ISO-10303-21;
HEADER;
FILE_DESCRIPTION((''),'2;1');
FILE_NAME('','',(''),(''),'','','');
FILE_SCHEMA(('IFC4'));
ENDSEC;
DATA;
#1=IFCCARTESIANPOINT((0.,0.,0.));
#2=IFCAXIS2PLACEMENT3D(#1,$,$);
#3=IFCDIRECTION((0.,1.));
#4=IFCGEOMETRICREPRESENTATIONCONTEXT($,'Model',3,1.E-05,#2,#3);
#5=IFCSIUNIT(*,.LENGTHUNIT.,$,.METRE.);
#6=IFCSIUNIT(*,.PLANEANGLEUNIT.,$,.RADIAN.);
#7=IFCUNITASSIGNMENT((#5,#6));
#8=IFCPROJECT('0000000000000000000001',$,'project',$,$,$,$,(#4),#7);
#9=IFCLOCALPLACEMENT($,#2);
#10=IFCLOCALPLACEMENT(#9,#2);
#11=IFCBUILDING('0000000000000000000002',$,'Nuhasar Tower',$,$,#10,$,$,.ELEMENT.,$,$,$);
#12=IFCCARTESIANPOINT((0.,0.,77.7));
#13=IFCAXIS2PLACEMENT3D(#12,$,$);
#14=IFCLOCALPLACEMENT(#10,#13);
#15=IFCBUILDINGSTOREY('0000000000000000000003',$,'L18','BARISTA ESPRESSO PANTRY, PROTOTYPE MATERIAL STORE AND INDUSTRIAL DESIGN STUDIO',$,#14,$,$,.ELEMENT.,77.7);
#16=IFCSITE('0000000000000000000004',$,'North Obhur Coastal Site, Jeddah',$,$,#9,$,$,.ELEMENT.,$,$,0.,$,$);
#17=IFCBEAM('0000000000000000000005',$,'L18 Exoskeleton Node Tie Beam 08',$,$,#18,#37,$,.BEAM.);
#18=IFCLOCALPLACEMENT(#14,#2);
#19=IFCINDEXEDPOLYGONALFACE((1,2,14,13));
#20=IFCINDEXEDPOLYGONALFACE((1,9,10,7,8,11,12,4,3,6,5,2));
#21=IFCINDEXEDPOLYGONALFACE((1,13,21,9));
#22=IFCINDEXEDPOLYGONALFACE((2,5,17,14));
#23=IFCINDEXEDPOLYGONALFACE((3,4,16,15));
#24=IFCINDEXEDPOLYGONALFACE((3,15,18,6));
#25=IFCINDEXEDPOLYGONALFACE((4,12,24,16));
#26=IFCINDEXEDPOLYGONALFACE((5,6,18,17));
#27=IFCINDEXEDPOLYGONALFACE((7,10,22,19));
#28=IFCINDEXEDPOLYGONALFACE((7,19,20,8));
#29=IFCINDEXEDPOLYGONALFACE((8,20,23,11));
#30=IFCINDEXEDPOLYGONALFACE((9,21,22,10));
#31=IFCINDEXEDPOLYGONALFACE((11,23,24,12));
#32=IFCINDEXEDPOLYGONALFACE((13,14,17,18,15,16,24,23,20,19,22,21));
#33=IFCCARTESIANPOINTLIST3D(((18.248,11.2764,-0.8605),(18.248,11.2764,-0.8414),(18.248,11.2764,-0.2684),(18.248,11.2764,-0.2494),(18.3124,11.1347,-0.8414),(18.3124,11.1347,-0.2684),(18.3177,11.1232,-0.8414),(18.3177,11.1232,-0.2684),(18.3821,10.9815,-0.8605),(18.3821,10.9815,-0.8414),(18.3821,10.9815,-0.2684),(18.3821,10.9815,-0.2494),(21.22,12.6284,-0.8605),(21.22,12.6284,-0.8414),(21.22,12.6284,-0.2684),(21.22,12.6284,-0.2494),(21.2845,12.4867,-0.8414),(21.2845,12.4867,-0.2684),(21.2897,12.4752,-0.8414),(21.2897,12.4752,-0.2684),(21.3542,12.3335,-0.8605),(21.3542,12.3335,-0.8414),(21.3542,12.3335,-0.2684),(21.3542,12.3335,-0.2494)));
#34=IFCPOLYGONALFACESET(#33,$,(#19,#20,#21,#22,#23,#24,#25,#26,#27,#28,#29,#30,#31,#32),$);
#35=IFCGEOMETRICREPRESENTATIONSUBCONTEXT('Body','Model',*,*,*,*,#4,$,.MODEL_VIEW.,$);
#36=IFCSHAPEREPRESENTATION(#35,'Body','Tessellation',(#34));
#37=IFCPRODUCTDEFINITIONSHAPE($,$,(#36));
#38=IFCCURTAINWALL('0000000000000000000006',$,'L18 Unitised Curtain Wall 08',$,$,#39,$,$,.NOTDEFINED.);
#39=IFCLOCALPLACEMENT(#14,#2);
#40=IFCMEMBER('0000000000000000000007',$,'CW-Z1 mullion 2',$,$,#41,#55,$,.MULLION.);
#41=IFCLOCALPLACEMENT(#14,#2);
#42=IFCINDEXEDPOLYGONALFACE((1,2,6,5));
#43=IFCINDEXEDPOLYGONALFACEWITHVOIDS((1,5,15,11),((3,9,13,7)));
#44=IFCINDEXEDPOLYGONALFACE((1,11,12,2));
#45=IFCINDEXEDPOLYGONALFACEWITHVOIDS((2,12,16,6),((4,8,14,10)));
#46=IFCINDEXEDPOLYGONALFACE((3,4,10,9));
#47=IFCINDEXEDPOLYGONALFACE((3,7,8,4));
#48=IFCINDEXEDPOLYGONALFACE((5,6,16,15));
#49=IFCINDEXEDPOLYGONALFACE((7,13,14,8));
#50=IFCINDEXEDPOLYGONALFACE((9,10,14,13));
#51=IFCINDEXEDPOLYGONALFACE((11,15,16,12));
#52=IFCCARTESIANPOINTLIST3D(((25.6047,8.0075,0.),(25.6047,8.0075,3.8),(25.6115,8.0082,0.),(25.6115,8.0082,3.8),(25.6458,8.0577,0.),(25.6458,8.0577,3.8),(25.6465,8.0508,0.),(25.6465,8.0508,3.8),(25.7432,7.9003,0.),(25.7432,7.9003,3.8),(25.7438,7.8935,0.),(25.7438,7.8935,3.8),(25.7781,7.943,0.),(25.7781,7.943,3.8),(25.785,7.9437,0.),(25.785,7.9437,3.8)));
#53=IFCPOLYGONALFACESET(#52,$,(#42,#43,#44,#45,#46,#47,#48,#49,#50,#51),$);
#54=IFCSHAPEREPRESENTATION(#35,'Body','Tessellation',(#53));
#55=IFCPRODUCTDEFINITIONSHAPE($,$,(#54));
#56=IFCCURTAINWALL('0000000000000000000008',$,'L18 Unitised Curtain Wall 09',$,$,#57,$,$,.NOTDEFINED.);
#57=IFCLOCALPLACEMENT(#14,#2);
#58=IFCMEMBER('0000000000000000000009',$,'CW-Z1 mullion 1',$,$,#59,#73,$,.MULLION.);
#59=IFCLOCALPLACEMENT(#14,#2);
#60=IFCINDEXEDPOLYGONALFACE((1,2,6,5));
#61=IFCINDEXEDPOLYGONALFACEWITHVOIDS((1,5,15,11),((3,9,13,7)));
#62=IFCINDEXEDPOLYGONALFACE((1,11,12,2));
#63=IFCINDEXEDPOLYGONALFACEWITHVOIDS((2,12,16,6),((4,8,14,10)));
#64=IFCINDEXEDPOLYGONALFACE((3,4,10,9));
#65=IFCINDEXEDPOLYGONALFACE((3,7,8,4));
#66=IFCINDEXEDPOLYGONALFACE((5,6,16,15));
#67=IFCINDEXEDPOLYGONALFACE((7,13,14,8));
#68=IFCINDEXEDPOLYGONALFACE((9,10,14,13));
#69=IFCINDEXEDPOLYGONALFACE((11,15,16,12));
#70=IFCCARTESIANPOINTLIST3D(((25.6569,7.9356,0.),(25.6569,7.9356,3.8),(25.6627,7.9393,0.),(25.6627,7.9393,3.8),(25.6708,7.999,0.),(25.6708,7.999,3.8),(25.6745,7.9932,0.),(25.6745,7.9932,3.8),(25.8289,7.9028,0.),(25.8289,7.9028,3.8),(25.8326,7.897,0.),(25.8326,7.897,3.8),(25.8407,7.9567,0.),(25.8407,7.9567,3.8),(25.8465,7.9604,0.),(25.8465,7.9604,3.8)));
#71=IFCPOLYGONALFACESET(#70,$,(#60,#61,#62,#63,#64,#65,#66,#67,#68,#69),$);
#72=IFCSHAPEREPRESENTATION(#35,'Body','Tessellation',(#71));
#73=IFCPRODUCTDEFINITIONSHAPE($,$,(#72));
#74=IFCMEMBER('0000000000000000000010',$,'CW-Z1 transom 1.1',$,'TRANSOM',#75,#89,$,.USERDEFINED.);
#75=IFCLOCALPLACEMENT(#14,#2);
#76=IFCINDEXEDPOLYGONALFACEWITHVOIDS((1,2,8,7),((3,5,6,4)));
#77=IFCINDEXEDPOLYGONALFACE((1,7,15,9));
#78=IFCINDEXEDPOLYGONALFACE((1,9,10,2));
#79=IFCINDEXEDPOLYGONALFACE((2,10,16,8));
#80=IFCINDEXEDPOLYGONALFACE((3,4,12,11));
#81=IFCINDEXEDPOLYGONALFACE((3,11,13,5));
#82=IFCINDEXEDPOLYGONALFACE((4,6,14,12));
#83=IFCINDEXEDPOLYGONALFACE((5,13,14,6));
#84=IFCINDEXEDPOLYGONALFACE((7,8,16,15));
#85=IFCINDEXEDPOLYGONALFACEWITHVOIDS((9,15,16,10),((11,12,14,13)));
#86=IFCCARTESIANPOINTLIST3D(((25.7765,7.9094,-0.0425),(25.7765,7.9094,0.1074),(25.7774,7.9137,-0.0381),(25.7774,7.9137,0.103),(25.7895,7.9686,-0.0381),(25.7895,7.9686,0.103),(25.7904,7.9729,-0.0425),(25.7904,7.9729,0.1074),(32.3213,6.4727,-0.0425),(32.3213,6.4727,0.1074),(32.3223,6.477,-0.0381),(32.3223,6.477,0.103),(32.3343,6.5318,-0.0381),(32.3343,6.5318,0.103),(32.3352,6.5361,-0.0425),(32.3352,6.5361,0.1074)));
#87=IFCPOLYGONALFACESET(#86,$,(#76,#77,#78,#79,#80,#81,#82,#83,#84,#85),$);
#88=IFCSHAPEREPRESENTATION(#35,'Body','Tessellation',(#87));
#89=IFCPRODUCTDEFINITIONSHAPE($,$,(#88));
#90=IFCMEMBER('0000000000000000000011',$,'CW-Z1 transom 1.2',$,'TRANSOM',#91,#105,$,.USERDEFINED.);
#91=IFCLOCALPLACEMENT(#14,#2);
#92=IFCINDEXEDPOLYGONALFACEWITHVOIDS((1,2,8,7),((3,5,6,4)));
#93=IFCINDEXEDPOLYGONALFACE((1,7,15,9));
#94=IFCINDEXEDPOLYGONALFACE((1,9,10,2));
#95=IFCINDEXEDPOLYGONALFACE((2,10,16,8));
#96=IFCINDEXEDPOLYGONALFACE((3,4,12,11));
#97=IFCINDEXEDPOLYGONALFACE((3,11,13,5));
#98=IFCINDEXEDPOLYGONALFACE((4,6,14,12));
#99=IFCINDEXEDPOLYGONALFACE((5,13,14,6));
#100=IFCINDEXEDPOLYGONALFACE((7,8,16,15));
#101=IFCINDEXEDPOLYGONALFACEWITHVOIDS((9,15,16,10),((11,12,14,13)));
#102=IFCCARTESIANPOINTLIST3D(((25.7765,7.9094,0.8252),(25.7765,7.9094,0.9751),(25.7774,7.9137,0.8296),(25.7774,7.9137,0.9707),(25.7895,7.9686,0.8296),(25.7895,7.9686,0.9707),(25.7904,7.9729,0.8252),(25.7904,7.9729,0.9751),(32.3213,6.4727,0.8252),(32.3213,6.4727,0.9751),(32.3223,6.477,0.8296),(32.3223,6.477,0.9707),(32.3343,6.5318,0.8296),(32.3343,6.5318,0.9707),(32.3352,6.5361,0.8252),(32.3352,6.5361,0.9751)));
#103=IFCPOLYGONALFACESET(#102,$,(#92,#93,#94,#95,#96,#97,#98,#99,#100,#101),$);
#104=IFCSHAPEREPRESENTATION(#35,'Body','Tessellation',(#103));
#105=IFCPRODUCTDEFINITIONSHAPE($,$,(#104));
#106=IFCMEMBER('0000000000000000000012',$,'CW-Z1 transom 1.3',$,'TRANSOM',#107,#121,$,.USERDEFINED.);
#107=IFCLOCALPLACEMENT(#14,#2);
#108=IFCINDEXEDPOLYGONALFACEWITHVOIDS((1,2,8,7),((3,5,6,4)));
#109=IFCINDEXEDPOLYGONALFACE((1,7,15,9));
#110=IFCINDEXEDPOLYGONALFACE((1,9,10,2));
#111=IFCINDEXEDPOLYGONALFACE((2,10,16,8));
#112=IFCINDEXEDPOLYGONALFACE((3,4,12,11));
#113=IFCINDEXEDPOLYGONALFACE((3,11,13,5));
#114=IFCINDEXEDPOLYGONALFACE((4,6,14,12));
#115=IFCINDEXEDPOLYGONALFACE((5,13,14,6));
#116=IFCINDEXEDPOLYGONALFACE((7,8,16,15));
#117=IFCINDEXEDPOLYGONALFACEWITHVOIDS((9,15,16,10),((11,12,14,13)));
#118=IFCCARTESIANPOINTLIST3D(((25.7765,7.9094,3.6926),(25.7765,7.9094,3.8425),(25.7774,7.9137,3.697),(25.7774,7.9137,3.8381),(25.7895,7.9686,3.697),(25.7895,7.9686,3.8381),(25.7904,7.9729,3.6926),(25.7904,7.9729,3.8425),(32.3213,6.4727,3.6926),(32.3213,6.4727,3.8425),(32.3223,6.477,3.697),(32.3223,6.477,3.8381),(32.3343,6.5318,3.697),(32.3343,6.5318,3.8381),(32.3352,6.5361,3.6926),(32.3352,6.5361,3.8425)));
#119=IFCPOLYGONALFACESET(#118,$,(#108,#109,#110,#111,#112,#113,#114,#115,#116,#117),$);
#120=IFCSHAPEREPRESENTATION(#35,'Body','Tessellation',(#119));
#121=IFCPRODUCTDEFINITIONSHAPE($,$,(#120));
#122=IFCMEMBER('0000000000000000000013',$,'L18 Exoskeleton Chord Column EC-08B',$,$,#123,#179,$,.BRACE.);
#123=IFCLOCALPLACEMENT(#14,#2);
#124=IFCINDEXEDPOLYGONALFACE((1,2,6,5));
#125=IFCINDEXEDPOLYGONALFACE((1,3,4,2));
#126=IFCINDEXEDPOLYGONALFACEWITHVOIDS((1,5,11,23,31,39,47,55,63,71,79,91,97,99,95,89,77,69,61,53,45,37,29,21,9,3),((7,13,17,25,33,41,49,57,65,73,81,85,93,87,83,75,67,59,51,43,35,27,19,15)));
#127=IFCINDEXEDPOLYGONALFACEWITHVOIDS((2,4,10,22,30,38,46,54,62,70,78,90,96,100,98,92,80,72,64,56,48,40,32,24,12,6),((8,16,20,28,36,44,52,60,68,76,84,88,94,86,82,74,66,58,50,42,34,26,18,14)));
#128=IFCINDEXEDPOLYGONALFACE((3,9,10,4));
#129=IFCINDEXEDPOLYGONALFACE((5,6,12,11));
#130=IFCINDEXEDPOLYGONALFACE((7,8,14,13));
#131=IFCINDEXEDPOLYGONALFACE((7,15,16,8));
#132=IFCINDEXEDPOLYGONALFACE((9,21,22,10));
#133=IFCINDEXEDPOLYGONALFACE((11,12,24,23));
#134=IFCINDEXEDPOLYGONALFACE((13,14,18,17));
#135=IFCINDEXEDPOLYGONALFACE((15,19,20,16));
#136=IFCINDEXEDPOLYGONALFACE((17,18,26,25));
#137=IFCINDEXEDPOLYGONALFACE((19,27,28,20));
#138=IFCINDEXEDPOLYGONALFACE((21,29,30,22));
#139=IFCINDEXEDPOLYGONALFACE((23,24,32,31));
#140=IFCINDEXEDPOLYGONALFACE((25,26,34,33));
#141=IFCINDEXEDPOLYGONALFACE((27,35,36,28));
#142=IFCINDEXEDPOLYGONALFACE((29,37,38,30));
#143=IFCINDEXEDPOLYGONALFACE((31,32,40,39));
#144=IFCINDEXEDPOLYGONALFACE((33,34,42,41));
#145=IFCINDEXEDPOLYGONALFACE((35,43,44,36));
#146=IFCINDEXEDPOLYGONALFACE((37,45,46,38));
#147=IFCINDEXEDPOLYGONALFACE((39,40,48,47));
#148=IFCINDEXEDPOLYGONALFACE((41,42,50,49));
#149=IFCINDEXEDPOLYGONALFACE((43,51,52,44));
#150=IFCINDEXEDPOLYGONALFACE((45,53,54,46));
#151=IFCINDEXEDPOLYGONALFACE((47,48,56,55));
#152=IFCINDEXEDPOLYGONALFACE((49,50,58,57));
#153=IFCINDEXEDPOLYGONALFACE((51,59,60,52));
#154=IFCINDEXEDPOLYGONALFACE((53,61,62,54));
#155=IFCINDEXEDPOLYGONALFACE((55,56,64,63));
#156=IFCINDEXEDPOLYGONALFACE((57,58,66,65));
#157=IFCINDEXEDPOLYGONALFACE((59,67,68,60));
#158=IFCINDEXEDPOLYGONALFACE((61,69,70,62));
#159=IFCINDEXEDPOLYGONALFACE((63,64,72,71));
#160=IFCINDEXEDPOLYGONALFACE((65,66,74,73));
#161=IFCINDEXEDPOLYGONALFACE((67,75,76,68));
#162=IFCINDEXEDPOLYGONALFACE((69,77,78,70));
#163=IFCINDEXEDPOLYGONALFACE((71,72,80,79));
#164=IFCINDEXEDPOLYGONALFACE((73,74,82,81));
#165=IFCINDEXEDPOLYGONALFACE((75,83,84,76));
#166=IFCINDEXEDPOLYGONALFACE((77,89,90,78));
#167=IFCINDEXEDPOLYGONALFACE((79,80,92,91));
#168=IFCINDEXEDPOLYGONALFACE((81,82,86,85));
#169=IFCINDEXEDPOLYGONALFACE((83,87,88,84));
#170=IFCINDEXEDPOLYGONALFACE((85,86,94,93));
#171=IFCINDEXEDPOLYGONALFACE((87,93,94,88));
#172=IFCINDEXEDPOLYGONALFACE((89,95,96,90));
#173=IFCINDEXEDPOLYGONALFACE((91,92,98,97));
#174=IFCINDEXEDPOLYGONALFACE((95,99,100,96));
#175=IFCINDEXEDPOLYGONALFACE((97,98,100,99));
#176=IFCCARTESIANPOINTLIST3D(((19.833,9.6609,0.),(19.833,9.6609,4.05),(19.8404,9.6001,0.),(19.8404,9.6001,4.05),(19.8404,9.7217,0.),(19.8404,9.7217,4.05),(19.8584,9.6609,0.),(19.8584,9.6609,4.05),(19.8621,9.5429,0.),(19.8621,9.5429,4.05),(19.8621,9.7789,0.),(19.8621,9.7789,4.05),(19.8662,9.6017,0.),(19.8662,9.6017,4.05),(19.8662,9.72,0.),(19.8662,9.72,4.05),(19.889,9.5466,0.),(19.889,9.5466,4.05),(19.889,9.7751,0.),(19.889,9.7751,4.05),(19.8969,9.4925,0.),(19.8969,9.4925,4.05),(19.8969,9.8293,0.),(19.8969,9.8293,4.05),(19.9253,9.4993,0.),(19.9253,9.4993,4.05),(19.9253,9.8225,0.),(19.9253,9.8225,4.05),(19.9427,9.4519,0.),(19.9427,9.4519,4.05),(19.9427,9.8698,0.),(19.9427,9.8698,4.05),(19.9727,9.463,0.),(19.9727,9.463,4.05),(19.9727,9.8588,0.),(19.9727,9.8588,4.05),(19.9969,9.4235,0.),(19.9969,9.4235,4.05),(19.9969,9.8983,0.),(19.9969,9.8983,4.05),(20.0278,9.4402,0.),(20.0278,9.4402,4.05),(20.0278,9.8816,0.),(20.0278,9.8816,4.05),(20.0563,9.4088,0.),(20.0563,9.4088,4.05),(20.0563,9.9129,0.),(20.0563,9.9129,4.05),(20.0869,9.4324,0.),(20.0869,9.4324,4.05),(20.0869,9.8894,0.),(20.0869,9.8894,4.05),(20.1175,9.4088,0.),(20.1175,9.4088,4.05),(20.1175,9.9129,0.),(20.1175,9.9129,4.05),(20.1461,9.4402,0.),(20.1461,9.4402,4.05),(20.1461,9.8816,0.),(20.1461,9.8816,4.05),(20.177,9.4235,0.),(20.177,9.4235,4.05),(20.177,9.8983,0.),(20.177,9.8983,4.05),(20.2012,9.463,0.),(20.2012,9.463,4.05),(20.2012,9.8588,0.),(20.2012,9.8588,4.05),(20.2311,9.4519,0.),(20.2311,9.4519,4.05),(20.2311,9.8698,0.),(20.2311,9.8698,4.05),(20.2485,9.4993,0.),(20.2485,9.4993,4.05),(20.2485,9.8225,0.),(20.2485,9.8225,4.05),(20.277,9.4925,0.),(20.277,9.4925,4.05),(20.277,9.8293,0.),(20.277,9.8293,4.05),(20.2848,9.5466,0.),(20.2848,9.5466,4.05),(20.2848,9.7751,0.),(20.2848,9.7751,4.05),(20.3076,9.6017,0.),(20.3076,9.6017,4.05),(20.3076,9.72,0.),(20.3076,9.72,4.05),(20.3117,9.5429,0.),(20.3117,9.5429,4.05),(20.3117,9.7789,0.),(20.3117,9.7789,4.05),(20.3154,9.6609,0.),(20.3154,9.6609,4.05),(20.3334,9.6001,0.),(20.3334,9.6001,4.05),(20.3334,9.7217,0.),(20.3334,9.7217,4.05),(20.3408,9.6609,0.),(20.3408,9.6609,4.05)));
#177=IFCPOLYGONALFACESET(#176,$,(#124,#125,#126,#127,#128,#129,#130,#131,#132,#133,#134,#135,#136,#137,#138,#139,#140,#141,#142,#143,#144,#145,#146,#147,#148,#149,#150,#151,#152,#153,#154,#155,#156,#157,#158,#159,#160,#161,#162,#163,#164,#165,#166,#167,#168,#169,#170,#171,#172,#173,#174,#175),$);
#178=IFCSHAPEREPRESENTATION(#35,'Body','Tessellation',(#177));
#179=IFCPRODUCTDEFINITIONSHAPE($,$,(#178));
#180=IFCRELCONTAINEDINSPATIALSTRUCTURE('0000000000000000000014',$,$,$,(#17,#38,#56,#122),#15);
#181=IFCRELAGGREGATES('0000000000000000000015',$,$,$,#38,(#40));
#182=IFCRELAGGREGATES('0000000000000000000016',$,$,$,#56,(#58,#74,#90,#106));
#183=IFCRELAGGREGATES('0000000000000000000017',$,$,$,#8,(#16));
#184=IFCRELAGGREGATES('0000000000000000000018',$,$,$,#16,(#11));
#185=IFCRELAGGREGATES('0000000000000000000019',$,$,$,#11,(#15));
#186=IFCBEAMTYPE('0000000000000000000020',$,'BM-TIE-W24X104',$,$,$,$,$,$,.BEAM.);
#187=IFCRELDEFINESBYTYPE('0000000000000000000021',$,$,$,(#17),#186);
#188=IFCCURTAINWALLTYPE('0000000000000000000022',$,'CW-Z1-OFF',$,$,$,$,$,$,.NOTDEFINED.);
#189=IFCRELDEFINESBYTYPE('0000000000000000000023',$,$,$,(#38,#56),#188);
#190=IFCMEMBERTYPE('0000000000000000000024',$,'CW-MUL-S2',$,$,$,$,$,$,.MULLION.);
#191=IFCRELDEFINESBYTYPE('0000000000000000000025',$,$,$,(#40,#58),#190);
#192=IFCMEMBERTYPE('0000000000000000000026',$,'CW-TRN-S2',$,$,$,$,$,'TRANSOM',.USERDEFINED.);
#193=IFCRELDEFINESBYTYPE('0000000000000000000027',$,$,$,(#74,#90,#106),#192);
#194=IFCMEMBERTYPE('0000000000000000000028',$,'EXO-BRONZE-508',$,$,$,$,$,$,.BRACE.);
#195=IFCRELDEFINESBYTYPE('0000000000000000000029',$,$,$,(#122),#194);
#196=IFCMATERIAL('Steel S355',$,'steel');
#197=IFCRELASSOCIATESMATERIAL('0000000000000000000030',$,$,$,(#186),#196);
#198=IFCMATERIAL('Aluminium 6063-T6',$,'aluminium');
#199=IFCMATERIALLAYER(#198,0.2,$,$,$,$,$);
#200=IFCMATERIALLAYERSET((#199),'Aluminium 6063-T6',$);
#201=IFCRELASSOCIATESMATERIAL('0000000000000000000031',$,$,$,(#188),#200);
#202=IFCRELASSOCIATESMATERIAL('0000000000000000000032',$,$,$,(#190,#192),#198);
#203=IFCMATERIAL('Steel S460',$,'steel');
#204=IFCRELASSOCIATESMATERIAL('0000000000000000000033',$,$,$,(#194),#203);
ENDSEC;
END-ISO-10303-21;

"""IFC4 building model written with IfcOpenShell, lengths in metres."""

from ifc_helpers import new_model, si_unit, direction, frame, origin, origin_2d, place, context, subcontext, project, spatial, hollow_rectangle, hollow_circle, i_section, extrude, material, layer, layer_set, material_profile, profile_set, type_object, element, aggregate, save


model = new_model("IFC4")

# Units and contexts
model_context = context("Model", 3, precision=1e-05, world=origin(), true_north=direction((0.0, 1.0)))
body_context = subcontext(model_context, "Body", "Model", "MODEL_VIEW")
ifc_project = project(units=[si_unit("LENGTHUNIT", "METRE"), si_unit("PLANEANGLEUNIT", "RADIAN")], contexts=[model_context])

# Site, building, storey
site_placement = place(None, origin())
site = spatial("IfcSite", under=ifc_project, at=site_placement, Name="North Obhur Coastal Site, Jeddah", CompositionType="ELEMENT", RefElevation=0.0)
building_placement = place(site_placement, origin())
building = spatial("IfcBuilding", under=site, at=building_placement, Name="Nuhasar Tower", CompositionType="ELEMENT")
storey_placement = place(building_placement, frame((0.0, 0.0, 77.7)))
storey = spatial("IfcBuildingStorey", under=building, at=storey_placement, Name="L18", Description="BARISTA ESPRESSO PANTRY, PROTOTYPE MATERIAL STORE AND INDUSTRIAL DESIGN STUDIO", CompositionType="ELEMENT", Elevation=77.7)

# Beam
ifc_material_1 = material(Name="Steel S355", Category="steel")
ifc_material_profile_1 = material_profile(ifc_material_1, i_section(OverallWidth=0.324, OverallDepth=0.6111, WebThickness=0.0127, FlangeThickness=0.019, at=origin_2d()), Name="W24X104")
ifc_profile_set_1 = profile_set([ifc_material_profile_1], Name="Steel S355")
beam_type_1 = type_object("IfcBeamType", Name="BM-TIE-W24X104", PredefinedType="BEAM", material=ifc_profile_set_1)
beam_1_placement = place(storey_placement, frame((21.2871, 12.481, -0.5549), z_axis=(-0.910244, -0.414073, 0.0), x_axis=(0.414073, -0.910244, 0.0)))
element("IfcBeam", 1, at=beam_1_placement, inside=storey, type_object=beam_type_1, Name="L18 Exoskeleton Node Tie Beam 08", PredefinedType="BEAM", context=body_context, shape_type="SweptSolid", body=[
    extrude(i_section(OverallWidth=0.324, OverallDepth=0.6111, WebThickness=0.0127, FlangeThickness=0.019, at=origin_2d()), origin(), (0.0, 0.0, 1.0), 3.2651),
])

# Curtain wall, member
ifc_material_2 = material(Name="Aluminium 6063-T6", Category="aluminium")
ifc_layer_1 = layer(ifc_material_2, 0.2)
ifc_layer_set_1 = layer_set([ifc_layer_1], Name="Aluminium 6063-T6")
curtain_wall_type = type_object("IfcCurtainWallType", Name="CW-Z1-OFF", PredefinedType="NOTDEFINED", material=ifc_layer_set_1)
curtain_wall_1_placement = place(storey_placement, origin())
curtain_wall_1 = element("IfcCurtainWall", 2, at=curtain_wall_1_placement, inside=storey, type_object=curtain_wall_type, Name="L18 Unitised Curtain Wall 08", PredefinedType="NOTDEFINED")
ifc_material_profile_2 = material_profile(ifc_material_2, hollow_rectangle(XDim=0.0649, YDim=0.1799, WallThickness=0.0049, at=origin_2d()), Name="CWM-2")
ifc_profile_set_2 = profile_set([ifc_material_profile_2], Name="Aluminium 6063-T6")
member_type_1 = type_object("IfcMemberType", Name="CW-MUL-S2", PredefinedType="MULLION", material=ifc_profile_set_2)
member_1_placement = place(storey_placement, frame((25.6948, 7.9756, 0.0), z_axis=(0.0, 0.0, 1.0), x_axis=(0.633745, 0.773542, 0.0)))
member_1 = element("IfcMember", 3, at=member_1_placement, type_object=member_type_1, Name="CW-Z1 mullion 2", PredefinedType="MULLION", context=body_context, shape_type="SweptSolid", body=[
    extrude(hollow_rectangle(XDim=0.0649, YDim=0.1799, WallThickness=0.0049, at=origin_2d()), origin(), (0.0, 0.0, 1.0), 3.8),
])

# Curtain wall, members
curtain_wall_2_placement = place(storey_placement, origin())
curtain_wall_2 = element("IfcCurtainWall", 4, at=curtain_wall_2_placement, inside=storey, type_object=curtain_wall_type, Name="L18 Unitised Curtain Wall 09", PredefinedType="NOTDEFINED")
member_2_placement = place(storey_placement, frame((25.7517, 7.948, 0.0), z_axis=(0.0, 0.0, 1.0), x_axis=(0.214399, 0.976746, 0.0)))
member_2 = element("IfcMember", 5, at=member_2_placement, type_object=member_type_1, Name="CW-Z1 mullion 1", PredefinedType="MULLION", context=body_context, shape_type="SweptSolid", body=[
    extrude(hollow_rectangle(XDim=0.0649, YDim=0.1799, WallThickness=0.0049, at=origin_2d()), origin(), (0.0, 0.0, 1.0), 3.8),
])
ifc_material_profile_3 = material_profile(ifc_material_2, hollow_rectangle(XDim=0.0649, YDim=0.1499, WallThickness=0.0044, at=origin_2d()), Name="CWT-2")
ifc_profile_set_3 = profile_set([ifc_material_profile_3], Name="Aluminium 6063-T6")
member_type_2 = type_object("IfcMemberType", Name="CW-TRN-S2", ElementType="TRANSOM", PredefinedType="USERDEFINED", material=ifc_profile_set_3)
member_3_placement = place(storey_placement, frame((25.7834, 7.9412, 0.0325), z_axis=(0.976742, -0.214418, 0.0), x_axis=(0.214418, 0.976742, 0.0)))
member_3 = element("IfcMember", 6, at=member_3_placement, type_object=member_type_2, Name="CW-Z1 transom 1.1", ObjectType="TRANSOM", PredefinedType="USERDEFINED", context=body_context, shape_type="SweptSolid", body=[
    extrude(hollow_rectangle(XDim=0.0649, YDim=0.1499, WallThickness=0.0044, at=origin_2d()), origin(), (0.0, 0.0, 1.0), 6.7007),
])
member_4_placement = place(storey_placement, frame((25.7834, 7.9412, 0.9001), z_axis=(0.976742, -0.214418, 0.0), x_axis=(0.214418, 0.976742, 0.0)))
member_4 = element("IfcMember", 7, at=member_4_placement, type_object=member_type_2, Name="CW-Z1 transom 1.2", ObjectType="TRANSOM", PredefinedType="USERDEFINED", context=body_context, shape_type="SweptSolid", body=[
    extrude(hollow_rectangle(XDim=0.0649, YDim=0.1499, WallThickness=0.0044, at=origin_2d()), origin(), (0.0, 0.0, 1.0), 6.7007),
])
member_5_placement = place(storey_placement, frame((25.7834, 7.9412, 3.7676), z_axis=(0.976742, -0.214418, 0.0), x_axis=(0.214418, 0.976742, 0.0)))
member_5 = element("IfcMember", 8, at=member_5_placement, type_object=member_type_2, Name="CW-Z1 transom 1.3", ObjectType="TRANSOM", PredefinedType="USERDEFINED", context=body_context, shape_type="SweptSolid", body=[
    extrude(hollow_rectangle(XDim=0.0649, YDim=0.1499, WallThickness=0.0044, at=origin_2d()), origin(), (0.0, 0.0, 1.0), 6.7007),
])

# Member
ifc_material_3 = material(Name="Steel S460", Category="steel")
ifc_material_profile_4 = material_profile(ifc_material_3, hollow_circle(Radius=0.2539, WallThickness=0.0254, at=origin_2d()), Name="HSS508X25.4")
ifc_profile_set_4 = profile_set([ifc_material_profile_4], Name="Steel S460")
member_type_3 = type_object("IfcMemberType", Name="EXO-BRONZE-508", PredefinedType="BRACE", material=ifc_profile_set_4)
member_6_placement = place(storey_placement, frame((20.0869, 9.6609, 0.0), z_axis=(0.0, 0.0, 1.0), x_axis=(1.0, 0.0, 0.0)))
element("IfcMember", 9, at=member_6_placement, inside=storey, type_object=member_type_3, Name="L18 Exoskeleton Chord Column EC-08B", PredefinedType="BRACE", context=body_context, shape_type="SweptSolid", body=[
    extrude(hollow_circle(Radius=0.2539, WallThickness=0.0254, at=origin_2d()), origin(), (0.0, 0.0, 1.0), 4.05),
])

aggregate(curtain_wall_1, [member_1])
aggregate(curtain_wall_2, [member_2, member_3, member_4, member_5])

save(model, "model.ifc")
